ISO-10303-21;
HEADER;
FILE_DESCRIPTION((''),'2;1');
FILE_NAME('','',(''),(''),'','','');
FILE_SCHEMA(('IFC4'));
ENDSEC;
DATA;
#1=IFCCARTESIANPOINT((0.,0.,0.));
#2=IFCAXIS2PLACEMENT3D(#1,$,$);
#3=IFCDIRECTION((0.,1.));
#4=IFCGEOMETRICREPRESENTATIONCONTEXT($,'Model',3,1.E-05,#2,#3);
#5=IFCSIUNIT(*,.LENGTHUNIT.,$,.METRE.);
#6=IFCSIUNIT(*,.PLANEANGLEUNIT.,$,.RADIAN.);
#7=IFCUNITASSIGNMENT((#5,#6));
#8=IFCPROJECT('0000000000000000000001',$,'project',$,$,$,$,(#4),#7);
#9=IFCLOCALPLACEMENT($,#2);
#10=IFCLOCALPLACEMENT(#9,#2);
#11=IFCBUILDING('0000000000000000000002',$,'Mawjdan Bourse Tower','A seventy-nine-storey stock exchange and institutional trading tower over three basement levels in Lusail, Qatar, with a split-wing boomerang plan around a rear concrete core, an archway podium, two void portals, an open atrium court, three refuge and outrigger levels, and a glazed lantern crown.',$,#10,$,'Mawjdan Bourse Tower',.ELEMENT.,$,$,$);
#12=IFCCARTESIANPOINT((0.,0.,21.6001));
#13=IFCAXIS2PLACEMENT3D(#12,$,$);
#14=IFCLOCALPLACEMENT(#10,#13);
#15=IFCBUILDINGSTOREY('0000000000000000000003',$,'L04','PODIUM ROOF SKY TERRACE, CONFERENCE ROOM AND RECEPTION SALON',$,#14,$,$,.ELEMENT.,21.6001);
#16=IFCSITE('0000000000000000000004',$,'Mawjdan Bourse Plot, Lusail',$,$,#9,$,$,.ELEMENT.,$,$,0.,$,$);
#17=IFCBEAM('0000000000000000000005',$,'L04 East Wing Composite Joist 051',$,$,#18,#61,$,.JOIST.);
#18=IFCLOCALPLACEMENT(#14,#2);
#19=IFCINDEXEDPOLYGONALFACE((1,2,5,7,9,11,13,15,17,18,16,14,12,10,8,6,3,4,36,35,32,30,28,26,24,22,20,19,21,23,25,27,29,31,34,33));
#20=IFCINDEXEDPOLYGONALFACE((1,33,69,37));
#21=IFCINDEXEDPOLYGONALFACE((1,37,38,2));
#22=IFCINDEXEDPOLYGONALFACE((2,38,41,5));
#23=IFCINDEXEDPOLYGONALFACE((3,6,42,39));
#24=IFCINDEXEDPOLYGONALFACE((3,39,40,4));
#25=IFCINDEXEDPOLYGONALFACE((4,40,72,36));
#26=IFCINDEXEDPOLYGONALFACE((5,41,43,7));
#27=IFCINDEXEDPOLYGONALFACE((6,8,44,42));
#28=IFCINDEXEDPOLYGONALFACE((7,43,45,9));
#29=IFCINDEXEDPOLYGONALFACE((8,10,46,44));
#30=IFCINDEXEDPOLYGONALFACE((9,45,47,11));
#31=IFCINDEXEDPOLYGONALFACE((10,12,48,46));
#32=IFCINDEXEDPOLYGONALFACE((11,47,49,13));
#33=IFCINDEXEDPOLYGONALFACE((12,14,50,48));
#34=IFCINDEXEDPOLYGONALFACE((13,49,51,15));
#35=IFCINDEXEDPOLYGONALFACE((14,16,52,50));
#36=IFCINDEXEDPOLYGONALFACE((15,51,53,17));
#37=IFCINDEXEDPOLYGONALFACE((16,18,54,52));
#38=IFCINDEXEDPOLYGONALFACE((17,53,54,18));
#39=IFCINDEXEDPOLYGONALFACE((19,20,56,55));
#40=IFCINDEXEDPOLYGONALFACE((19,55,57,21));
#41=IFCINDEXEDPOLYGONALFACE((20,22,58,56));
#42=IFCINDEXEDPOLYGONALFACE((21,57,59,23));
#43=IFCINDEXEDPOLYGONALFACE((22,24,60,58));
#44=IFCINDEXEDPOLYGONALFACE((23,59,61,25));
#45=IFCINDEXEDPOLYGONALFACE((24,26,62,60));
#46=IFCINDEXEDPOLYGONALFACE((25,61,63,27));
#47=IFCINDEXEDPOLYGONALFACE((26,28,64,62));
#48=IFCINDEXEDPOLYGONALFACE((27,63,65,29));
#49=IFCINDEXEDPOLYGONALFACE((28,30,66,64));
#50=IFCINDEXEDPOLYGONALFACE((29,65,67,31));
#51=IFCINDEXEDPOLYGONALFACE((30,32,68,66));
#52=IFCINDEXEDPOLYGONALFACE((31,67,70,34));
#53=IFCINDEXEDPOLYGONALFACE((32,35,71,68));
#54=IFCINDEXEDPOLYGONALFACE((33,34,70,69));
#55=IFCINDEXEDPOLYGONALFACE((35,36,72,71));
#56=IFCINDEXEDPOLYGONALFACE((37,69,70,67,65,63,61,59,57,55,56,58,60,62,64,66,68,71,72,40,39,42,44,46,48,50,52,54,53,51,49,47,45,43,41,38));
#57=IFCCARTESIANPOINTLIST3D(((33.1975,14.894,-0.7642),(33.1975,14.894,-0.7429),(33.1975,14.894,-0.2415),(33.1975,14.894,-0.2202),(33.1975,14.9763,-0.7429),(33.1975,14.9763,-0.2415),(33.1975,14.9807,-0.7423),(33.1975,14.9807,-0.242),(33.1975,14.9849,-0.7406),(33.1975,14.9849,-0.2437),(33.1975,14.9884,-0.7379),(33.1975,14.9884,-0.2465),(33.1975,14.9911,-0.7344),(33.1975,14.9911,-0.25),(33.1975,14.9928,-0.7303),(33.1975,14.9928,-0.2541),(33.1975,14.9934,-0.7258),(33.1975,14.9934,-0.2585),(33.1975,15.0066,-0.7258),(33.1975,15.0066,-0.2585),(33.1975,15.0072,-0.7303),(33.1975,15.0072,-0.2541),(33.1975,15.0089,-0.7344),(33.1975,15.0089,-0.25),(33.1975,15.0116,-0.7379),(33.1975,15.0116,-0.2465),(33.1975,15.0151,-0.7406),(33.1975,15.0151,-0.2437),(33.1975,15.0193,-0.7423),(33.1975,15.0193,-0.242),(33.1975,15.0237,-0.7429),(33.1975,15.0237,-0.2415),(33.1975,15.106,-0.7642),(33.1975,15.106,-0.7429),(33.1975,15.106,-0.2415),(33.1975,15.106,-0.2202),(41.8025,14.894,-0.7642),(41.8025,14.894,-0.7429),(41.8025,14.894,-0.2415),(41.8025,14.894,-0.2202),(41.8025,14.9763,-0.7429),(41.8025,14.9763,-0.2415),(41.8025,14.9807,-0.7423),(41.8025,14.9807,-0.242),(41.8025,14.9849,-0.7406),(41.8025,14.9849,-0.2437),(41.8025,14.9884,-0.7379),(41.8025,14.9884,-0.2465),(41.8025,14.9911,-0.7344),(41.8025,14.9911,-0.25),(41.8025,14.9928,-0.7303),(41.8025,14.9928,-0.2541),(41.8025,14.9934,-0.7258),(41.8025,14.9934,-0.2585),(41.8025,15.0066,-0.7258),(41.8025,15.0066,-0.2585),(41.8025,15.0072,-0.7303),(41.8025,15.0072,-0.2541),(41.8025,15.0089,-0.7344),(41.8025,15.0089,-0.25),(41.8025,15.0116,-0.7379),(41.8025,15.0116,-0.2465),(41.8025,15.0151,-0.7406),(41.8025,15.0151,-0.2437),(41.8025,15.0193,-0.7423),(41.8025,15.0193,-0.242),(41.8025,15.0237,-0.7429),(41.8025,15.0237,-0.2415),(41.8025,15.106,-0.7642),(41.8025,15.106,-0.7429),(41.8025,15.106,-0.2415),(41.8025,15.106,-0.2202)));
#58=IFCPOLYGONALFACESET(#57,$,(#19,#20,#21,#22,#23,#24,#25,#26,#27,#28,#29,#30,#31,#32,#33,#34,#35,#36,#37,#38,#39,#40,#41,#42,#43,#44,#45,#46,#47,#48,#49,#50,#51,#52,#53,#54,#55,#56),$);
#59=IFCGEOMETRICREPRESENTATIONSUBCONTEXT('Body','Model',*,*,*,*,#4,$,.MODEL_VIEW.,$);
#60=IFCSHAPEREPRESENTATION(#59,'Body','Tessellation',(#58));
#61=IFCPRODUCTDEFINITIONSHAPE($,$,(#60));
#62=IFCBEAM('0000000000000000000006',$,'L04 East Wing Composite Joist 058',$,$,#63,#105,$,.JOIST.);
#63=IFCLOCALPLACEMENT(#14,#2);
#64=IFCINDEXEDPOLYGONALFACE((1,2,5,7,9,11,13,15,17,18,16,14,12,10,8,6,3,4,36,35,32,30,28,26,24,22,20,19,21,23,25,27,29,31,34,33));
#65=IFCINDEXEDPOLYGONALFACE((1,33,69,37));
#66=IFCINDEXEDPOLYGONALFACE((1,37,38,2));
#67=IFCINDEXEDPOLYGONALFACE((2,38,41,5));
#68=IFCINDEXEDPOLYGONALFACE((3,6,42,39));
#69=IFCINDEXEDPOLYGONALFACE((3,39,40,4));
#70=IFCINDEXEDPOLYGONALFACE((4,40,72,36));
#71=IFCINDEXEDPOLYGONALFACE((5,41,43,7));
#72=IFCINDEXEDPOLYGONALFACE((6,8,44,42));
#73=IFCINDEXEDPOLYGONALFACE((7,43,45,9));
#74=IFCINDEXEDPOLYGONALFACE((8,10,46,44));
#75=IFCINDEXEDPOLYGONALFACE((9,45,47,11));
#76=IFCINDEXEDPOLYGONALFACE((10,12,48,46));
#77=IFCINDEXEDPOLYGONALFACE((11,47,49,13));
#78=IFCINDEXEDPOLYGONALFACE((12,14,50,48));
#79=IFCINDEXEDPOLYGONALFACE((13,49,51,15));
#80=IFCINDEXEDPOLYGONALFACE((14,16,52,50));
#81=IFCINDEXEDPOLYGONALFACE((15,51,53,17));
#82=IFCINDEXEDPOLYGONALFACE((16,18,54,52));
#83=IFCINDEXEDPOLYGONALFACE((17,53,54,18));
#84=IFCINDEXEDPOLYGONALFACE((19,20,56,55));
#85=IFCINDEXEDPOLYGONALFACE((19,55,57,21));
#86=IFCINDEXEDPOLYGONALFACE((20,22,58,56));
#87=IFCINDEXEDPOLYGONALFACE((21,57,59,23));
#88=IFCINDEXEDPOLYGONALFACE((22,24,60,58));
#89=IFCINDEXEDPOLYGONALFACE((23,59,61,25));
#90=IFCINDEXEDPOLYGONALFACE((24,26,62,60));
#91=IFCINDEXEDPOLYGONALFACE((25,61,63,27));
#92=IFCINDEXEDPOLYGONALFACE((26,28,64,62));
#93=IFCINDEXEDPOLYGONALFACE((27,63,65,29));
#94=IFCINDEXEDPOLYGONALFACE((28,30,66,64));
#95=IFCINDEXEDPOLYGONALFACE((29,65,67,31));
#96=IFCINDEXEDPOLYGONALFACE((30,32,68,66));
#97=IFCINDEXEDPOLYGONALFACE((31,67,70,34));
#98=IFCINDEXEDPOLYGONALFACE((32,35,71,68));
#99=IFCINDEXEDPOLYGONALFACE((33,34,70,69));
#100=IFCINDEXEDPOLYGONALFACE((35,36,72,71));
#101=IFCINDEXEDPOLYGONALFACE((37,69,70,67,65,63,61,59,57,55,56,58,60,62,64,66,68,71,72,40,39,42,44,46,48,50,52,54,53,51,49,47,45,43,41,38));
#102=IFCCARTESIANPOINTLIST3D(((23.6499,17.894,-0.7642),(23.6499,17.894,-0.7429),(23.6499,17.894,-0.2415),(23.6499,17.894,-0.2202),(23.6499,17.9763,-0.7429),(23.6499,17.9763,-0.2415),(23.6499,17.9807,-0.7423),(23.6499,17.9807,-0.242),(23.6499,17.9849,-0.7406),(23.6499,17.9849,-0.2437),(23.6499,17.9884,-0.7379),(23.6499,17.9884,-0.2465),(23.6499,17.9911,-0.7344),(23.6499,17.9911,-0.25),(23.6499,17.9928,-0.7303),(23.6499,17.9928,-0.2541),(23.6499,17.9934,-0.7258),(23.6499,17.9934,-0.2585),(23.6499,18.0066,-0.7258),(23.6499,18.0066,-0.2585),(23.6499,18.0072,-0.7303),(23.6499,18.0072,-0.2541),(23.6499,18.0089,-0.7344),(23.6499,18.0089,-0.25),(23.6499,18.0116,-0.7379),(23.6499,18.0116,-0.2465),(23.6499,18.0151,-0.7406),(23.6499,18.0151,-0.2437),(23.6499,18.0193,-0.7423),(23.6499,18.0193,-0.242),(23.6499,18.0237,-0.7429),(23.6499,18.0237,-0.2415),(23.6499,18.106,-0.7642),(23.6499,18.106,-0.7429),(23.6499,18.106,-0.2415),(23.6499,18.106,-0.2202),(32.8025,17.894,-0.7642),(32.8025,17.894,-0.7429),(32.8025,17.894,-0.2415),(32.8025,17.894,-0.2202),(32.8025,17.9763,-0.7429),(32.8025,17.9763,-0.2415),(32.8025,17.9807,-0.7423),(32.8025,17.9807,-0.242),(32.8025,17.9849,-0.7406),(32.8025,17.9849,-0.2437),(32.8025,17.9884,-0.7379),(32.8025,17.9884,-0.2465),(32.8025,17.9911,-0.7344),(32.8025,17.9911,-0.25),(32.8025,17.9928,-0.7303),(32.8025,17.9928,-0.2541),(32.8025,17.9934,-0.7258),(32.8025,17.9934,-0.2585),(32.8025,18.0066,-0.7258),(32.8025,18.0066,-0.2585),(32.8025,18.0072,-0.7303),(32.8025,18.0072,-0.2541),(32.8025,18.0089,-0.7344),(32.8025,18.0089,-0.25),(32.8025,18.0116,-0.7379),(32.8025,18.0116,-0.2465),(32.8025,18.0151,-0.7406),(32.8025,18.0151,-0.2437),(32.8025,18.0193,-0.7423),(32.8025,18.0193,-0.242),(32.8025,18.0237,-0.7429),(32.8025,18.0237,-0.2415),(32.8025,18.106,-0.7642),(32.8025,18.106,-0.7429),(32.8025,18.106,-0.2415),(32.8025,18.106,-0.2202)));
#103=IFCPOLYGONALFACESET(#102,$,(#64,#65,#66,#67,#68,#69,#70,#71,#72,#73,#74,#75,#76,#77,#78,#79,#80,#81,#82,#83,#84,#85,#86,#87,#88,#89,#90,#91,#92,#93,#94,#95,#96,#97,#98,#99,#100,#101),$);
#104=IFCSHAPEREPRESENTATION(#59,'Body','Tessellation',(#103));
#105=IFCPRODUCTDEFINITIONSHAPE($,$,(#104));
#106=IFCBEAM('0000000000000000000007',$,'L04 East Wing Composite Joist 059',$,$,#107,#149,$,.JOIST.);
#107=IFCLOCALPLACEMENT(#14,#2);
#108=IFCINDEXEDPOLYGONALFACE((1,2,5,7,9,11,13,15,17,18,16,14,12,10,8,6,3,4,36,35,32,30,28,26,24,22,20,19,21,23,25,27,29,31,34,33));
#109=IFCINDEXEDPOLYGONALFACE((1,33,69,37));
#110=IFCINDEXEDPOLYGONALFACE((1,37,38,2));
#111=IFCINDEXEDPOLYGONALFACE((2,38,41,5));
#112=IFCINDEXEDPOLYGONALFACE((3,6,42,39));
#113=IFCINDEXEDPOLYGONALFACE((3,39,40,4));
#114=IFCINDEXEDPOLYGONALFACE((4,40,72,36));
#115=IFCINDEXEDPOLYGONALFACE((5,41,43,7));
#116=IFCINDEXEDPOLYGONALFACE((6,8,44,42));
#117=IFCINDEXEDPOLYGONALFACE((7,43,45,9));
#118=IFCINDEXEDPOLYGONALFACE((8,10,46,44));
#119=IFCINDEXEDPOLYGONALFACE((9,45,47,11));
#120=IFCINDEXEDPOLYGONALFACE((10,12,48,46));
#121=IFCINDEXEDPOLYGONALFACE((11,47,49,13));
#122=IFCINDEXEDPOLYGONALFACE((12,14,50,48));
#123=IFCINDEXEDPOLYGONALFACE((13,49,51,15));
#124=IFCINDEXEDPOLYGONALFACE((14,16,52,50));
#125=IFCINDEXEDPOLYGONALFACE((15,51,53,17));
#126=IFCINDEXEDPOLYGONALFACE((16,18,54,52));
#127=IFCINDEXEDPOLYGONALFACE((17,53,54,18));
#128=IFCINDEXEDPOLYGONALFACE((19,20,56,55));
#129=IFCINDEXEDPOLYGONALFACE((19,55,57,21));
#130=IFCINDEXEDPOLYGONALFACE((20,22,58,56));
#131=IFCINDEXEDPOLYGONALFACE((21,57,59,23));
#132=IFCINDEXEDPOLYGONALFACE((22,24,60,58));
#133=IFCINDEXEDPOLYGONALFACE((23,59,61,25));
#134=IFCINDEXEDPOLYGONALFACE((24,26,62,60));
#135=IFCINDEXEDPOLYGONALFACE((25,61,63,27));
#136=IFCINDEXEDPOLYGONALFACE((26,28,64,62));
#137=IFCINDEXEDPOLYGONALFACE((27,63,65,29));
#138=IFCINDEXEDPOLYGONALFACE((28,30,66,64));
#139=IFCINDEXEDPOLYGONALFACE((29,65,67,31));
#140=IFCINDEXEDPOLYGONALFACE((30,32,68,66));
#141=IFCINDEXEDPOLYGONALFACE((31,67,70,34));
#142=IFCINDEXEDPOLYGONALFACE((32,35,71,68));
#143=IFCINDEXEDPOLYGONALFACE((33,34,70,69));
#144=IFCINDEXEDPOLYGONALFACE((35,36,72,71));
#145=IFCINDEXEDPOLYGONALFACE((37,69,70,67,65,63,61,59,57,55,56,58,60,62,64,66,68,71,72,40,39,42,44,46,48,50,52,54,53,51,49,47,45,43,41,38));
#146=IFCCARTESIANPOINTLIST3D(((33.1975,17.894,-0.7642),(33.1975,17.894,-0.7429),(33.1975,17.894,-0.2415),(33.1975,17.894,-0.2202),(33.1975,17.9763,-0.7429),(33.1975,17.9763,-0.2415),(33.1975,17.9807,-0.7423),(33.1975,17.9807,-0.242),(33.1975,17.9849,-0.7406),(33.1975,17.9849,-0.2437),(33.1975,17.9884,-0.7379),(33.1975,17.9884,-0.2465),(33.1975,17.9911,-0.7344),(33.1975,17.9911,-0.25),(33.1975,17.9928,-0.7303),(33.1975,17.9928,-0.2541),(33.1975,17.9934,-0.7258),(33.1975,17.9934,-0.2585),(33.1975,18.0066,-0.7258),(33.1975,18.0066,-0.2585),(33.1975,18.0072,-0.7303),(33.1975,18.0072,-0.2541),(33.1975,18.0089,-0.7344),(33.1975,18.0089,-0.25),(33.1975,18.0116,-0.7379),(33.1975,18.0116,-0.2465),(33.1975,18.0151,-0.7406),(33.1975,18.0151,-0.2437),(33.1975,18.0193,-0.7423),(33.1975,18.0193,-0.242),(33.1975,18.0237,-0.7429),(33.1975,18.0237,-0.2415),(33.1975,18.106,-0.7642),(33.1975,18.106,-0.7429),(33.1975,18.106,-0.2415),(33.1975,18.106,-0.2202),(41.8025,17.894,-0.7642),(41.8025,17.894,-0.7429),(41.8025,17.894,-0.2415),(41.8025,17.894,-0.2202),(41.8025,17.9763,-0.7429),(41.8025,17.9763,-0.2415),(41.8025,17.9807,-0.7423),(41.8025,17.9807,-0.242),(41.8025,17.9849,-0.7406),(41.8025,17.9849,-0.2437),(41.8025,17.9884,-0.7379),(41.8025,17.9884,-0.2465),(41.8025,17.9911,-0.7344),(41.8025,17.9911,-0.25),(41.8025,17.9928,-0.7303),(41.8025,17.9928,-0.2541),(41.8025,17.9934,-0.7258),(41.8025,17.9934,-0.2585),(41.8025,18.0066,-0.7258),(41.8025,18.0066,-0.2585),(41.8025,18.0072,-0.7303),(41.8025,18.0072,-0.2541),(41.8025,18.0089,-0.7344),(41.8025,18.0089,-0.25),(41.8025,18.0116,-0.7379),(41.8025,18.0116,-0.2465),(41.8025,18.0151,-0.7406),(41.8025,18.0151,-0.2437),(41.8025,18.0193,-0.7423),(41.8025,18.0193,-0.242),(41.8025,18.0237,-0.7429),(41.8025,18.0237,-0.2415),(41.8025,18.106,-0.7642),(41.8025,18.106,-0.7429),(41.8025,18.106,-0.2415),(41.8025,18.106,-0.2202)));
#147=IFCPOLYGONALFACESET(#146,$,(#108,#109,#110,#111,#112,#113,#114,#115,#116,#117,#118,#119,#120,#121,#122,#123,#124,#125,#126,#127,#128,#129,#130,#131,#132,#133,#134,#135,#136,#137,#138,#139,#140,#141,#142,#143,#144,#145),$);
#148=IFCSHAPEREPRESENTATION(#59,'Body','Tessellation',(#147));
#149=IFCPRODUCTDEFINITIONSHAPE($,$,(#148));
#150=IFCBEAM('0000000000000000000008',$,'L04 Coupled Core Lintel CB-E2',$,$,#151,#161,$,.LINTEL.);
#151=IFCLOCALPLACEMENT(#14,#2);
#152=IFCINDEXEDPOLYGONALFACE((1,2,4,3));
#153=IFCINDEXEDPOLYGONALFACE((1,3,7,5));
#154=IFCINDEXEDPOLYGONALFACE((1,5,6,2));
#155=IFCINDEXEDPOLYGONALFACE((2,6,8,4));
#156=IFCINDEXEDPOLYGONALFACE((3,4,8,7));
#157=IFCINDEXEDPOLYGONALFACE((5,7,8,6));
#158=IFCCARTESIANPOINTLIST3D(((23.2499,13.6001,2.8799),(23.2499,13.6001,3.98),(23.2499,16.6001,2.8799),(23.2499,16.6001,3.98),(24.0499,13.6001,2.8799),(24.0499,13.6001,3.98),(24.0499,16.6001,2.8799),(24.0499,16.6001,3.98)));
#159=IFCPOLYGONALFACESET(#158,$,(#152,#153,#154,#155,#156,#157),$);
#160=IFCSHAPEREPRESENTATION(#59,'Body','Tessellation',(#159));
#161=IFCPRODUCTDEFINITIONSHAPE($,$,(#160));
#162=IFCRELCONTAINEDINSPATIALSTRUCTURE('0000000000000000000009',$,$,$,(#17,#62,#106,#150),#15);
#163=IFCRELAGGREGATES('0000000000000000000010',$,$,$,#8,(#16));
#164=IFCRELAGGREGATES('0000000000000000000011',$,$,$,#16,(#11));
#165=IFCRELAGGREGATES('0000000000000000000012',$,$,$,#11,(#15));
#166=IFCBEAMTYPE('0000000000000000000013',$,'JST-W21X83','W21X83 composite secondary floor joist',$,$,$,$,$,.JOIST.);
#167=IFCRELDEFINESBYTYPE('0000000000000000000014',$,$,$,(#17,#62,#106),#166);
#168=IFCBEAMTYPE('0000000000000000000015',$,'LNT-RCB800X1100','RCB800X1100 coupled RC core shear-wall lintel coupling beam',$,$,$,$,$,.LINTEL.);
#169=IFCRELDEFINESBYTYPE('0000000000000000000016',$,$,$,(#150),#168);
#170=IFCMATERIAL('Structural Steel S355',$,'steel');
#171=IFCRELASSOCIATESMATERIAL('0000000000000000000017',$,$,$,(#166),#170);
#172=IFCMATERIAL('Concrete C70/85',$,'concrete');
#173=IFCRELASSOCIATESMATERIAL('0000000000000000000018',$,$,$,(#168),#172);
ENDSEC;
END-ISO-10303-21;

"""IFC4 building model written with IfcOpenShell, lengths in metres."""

from ifc_helpers import new_model, si_unit, direction, frame, origin, origin_2d, place, context, subcontext, project, spatial, rectangle, i_section, extrude, material, material_profile, profile_set, type_object, element, save


model = new_model("IFC4")

# Units and contexts
model_context = context("Model", 3, precision=1e-05, world=origin(), true_north=direction((0.0, 1.0)))
body_context = subcontext(model_context, "Body", "Model", "MODEL_VIEW")
ifc_project = project(units=[si_unit("LENGTHUNIT", "METRE"), si_unit("PLANEANGLEUNIT", "RADIAN")], contexts=[model_context])

# Site, building, storey
site_placement = place(None, origin())
site = spatial("IfcSite", under=ifc_project, at=site_placement, Name="Mawjdan Bourse Plot, Lusail", CompositionType="ELEMENT", RefElevation=0.0)
building_placement = place(site_placement, origin())
building = spatial("IfcBuilding", under=site, at=building_placement, Name="Mawjdan Bourse Tower", Description="A seventy-nine-storey stock exchange and institutional trading tower over three basement levels in Lusail, Qatar, with a split-wing boomerang plan around a rear concrete core, an archway podium, two void portals, an open atrium court, three refuge and outrigger levels, and a glazed lantern crown.", LongName="Mawjdan Bourse Tower", CompositionType="ELEMENT")
storey_placement = place(building_placement, frame((0.0, 0.0, 21.6001)))
storey = spatial("IfcBuildingStorey", under=building, at=storey_placement, Name="L04", Description="PODIUM ROOF SKY TERRACE, CONFERENCE ROOM AND RECEPTION SALON", CompositionType="ELEMENT", Elevation=21.6001)

# Beams
ifc_material_1 = material(Name="Structural Steel S355", Category="steel")
ifc_material_profile_1 = material_profile(ifc_material_1, i_section(OverallWidth=0.2119, OverallDepth=0.5439, WebThickness=0.0132, FlangeThickness=0.0212, FilletRadius=0.0171, at=origin_2d()), Name="W21X83")
ifc_profile_set_1 = profile_set([ifc_material_profile_1], Name="Structural Steel S355")
beam_type_1 = type_object("IfcBeamType", Name="JST-W21X83", Description="W21X83 composite secondary floor joist", PredefinedType="JOIST", material=ifc_profile_set_1)
beam_1_placement = place(storey_placement, frame((33.1975, 15.0, -0.4922), z_axis=(1.0, 0.0, 0.0), x_axis=(0.0, 1.0, 0.0)))
element("IfcBeam", 1, at=beam_1_placement, inside=storey, type_object=beam_type_1, Name="L04 East Wing Composite Joist 051", PredefinedType="JOIST", context=body_context, shape_type="SweptSolid", body=[
    extrude(i_section(OverallWidth=0.2119, OverallDepth=0.5439, WebThickness=0.0132, FlangeThickness=0.0212, FilletRadius=0.0171, at=origin_2d()), origin(), (0.0, 0.0, 1.0), 8.605),
])
beam_2_placement = place(storey_placement, frame((23.6499, 18.0, -0.4922), z_axis=(1.0, 0.0, 0.0), x_axis=(0.0, 1.0, 0.0)))
element("IfcBeam", 2, at=beam_2_placement, inside=storey, type_object=beam_type_1, Name="L04 East Wing Composite Joist 058", PredefinedType="JOIST", context=body_context, shape_type="SweptSolid", body=[
    extrude(i_section(OverallWidth=0.2119, OverallDepth=0.5439, WebThickness=0.0132, FlangeThickness=0.0212, FilletRadius=0.0171, at=origin_2d()), origin(), (0.0, 0.0, 1.0), 9.1526),
])
beam_3_placement = place(storey_placement, frame((33.1975, 18.0, -0.4922), z_axis=(1.0, 0.0, 0.0), x_axis=(0.0, 1.0, 0.0)))
element("IfcBeam", 3, at=beam_3_placement, inside=storey, type_object=beam_type_1, Name="L04 East Wing Composite Joist 059", PredefinedType="JOIST", context=body_context, shape_type="SweptSolid", body=[
    extrude(i_section(OverallWidth=0.2119, OverallDepth=0.5439, WebThickness=0.0132, FlangeThickness=0.0212, FilletRadius=0.0171, at=origin_2d()), origin(), (0.0, 0.0, 1.0), 8.605),
])
ifc_material_2 = material(Name="Concrete C70/85", Category="concrete")
ifc_material_profile_2 = material_profile(ifc_material_2, rectangle(XDim=0.8, YDim=1.1001, at=origin_2d()), Name="RCB800X1100")
ifc_profile_set_2 = profile_set([ifc_material_profile_2], Name="Concrete C70/85")
beam_type_2 = type_object("IfcBeamType", Name="LNT-RCB800X1100", Description="RCB800X1100 coupled RC core shear-wall lintel coupling beam", PredefinedType="LINTEL", material=ifc_profile_set_2)
beam_4_placement = place(storey_placement, frame((23.6499, 13.6001, 3.4299), z_axis=(0.0, 1.0, 0.0), x_axis=(-1.0, 0.0, 0.0)))
element("IfcBeam", 4, at=beam_4_placement, inside=storey, type_object=beam_type_2, Name="L04 Coupled Core Lintel CB-E2", PredefinedType="LINTEL", context=body_context, shape_type="SweptSolid", body=[
    extrude(rectangle(XDim=0.8, YDim=1.1001, at=origin_2d()), origin(), (0.0, 0.0, 1.0), 3.0),
])

save(model, "model.ifc")
